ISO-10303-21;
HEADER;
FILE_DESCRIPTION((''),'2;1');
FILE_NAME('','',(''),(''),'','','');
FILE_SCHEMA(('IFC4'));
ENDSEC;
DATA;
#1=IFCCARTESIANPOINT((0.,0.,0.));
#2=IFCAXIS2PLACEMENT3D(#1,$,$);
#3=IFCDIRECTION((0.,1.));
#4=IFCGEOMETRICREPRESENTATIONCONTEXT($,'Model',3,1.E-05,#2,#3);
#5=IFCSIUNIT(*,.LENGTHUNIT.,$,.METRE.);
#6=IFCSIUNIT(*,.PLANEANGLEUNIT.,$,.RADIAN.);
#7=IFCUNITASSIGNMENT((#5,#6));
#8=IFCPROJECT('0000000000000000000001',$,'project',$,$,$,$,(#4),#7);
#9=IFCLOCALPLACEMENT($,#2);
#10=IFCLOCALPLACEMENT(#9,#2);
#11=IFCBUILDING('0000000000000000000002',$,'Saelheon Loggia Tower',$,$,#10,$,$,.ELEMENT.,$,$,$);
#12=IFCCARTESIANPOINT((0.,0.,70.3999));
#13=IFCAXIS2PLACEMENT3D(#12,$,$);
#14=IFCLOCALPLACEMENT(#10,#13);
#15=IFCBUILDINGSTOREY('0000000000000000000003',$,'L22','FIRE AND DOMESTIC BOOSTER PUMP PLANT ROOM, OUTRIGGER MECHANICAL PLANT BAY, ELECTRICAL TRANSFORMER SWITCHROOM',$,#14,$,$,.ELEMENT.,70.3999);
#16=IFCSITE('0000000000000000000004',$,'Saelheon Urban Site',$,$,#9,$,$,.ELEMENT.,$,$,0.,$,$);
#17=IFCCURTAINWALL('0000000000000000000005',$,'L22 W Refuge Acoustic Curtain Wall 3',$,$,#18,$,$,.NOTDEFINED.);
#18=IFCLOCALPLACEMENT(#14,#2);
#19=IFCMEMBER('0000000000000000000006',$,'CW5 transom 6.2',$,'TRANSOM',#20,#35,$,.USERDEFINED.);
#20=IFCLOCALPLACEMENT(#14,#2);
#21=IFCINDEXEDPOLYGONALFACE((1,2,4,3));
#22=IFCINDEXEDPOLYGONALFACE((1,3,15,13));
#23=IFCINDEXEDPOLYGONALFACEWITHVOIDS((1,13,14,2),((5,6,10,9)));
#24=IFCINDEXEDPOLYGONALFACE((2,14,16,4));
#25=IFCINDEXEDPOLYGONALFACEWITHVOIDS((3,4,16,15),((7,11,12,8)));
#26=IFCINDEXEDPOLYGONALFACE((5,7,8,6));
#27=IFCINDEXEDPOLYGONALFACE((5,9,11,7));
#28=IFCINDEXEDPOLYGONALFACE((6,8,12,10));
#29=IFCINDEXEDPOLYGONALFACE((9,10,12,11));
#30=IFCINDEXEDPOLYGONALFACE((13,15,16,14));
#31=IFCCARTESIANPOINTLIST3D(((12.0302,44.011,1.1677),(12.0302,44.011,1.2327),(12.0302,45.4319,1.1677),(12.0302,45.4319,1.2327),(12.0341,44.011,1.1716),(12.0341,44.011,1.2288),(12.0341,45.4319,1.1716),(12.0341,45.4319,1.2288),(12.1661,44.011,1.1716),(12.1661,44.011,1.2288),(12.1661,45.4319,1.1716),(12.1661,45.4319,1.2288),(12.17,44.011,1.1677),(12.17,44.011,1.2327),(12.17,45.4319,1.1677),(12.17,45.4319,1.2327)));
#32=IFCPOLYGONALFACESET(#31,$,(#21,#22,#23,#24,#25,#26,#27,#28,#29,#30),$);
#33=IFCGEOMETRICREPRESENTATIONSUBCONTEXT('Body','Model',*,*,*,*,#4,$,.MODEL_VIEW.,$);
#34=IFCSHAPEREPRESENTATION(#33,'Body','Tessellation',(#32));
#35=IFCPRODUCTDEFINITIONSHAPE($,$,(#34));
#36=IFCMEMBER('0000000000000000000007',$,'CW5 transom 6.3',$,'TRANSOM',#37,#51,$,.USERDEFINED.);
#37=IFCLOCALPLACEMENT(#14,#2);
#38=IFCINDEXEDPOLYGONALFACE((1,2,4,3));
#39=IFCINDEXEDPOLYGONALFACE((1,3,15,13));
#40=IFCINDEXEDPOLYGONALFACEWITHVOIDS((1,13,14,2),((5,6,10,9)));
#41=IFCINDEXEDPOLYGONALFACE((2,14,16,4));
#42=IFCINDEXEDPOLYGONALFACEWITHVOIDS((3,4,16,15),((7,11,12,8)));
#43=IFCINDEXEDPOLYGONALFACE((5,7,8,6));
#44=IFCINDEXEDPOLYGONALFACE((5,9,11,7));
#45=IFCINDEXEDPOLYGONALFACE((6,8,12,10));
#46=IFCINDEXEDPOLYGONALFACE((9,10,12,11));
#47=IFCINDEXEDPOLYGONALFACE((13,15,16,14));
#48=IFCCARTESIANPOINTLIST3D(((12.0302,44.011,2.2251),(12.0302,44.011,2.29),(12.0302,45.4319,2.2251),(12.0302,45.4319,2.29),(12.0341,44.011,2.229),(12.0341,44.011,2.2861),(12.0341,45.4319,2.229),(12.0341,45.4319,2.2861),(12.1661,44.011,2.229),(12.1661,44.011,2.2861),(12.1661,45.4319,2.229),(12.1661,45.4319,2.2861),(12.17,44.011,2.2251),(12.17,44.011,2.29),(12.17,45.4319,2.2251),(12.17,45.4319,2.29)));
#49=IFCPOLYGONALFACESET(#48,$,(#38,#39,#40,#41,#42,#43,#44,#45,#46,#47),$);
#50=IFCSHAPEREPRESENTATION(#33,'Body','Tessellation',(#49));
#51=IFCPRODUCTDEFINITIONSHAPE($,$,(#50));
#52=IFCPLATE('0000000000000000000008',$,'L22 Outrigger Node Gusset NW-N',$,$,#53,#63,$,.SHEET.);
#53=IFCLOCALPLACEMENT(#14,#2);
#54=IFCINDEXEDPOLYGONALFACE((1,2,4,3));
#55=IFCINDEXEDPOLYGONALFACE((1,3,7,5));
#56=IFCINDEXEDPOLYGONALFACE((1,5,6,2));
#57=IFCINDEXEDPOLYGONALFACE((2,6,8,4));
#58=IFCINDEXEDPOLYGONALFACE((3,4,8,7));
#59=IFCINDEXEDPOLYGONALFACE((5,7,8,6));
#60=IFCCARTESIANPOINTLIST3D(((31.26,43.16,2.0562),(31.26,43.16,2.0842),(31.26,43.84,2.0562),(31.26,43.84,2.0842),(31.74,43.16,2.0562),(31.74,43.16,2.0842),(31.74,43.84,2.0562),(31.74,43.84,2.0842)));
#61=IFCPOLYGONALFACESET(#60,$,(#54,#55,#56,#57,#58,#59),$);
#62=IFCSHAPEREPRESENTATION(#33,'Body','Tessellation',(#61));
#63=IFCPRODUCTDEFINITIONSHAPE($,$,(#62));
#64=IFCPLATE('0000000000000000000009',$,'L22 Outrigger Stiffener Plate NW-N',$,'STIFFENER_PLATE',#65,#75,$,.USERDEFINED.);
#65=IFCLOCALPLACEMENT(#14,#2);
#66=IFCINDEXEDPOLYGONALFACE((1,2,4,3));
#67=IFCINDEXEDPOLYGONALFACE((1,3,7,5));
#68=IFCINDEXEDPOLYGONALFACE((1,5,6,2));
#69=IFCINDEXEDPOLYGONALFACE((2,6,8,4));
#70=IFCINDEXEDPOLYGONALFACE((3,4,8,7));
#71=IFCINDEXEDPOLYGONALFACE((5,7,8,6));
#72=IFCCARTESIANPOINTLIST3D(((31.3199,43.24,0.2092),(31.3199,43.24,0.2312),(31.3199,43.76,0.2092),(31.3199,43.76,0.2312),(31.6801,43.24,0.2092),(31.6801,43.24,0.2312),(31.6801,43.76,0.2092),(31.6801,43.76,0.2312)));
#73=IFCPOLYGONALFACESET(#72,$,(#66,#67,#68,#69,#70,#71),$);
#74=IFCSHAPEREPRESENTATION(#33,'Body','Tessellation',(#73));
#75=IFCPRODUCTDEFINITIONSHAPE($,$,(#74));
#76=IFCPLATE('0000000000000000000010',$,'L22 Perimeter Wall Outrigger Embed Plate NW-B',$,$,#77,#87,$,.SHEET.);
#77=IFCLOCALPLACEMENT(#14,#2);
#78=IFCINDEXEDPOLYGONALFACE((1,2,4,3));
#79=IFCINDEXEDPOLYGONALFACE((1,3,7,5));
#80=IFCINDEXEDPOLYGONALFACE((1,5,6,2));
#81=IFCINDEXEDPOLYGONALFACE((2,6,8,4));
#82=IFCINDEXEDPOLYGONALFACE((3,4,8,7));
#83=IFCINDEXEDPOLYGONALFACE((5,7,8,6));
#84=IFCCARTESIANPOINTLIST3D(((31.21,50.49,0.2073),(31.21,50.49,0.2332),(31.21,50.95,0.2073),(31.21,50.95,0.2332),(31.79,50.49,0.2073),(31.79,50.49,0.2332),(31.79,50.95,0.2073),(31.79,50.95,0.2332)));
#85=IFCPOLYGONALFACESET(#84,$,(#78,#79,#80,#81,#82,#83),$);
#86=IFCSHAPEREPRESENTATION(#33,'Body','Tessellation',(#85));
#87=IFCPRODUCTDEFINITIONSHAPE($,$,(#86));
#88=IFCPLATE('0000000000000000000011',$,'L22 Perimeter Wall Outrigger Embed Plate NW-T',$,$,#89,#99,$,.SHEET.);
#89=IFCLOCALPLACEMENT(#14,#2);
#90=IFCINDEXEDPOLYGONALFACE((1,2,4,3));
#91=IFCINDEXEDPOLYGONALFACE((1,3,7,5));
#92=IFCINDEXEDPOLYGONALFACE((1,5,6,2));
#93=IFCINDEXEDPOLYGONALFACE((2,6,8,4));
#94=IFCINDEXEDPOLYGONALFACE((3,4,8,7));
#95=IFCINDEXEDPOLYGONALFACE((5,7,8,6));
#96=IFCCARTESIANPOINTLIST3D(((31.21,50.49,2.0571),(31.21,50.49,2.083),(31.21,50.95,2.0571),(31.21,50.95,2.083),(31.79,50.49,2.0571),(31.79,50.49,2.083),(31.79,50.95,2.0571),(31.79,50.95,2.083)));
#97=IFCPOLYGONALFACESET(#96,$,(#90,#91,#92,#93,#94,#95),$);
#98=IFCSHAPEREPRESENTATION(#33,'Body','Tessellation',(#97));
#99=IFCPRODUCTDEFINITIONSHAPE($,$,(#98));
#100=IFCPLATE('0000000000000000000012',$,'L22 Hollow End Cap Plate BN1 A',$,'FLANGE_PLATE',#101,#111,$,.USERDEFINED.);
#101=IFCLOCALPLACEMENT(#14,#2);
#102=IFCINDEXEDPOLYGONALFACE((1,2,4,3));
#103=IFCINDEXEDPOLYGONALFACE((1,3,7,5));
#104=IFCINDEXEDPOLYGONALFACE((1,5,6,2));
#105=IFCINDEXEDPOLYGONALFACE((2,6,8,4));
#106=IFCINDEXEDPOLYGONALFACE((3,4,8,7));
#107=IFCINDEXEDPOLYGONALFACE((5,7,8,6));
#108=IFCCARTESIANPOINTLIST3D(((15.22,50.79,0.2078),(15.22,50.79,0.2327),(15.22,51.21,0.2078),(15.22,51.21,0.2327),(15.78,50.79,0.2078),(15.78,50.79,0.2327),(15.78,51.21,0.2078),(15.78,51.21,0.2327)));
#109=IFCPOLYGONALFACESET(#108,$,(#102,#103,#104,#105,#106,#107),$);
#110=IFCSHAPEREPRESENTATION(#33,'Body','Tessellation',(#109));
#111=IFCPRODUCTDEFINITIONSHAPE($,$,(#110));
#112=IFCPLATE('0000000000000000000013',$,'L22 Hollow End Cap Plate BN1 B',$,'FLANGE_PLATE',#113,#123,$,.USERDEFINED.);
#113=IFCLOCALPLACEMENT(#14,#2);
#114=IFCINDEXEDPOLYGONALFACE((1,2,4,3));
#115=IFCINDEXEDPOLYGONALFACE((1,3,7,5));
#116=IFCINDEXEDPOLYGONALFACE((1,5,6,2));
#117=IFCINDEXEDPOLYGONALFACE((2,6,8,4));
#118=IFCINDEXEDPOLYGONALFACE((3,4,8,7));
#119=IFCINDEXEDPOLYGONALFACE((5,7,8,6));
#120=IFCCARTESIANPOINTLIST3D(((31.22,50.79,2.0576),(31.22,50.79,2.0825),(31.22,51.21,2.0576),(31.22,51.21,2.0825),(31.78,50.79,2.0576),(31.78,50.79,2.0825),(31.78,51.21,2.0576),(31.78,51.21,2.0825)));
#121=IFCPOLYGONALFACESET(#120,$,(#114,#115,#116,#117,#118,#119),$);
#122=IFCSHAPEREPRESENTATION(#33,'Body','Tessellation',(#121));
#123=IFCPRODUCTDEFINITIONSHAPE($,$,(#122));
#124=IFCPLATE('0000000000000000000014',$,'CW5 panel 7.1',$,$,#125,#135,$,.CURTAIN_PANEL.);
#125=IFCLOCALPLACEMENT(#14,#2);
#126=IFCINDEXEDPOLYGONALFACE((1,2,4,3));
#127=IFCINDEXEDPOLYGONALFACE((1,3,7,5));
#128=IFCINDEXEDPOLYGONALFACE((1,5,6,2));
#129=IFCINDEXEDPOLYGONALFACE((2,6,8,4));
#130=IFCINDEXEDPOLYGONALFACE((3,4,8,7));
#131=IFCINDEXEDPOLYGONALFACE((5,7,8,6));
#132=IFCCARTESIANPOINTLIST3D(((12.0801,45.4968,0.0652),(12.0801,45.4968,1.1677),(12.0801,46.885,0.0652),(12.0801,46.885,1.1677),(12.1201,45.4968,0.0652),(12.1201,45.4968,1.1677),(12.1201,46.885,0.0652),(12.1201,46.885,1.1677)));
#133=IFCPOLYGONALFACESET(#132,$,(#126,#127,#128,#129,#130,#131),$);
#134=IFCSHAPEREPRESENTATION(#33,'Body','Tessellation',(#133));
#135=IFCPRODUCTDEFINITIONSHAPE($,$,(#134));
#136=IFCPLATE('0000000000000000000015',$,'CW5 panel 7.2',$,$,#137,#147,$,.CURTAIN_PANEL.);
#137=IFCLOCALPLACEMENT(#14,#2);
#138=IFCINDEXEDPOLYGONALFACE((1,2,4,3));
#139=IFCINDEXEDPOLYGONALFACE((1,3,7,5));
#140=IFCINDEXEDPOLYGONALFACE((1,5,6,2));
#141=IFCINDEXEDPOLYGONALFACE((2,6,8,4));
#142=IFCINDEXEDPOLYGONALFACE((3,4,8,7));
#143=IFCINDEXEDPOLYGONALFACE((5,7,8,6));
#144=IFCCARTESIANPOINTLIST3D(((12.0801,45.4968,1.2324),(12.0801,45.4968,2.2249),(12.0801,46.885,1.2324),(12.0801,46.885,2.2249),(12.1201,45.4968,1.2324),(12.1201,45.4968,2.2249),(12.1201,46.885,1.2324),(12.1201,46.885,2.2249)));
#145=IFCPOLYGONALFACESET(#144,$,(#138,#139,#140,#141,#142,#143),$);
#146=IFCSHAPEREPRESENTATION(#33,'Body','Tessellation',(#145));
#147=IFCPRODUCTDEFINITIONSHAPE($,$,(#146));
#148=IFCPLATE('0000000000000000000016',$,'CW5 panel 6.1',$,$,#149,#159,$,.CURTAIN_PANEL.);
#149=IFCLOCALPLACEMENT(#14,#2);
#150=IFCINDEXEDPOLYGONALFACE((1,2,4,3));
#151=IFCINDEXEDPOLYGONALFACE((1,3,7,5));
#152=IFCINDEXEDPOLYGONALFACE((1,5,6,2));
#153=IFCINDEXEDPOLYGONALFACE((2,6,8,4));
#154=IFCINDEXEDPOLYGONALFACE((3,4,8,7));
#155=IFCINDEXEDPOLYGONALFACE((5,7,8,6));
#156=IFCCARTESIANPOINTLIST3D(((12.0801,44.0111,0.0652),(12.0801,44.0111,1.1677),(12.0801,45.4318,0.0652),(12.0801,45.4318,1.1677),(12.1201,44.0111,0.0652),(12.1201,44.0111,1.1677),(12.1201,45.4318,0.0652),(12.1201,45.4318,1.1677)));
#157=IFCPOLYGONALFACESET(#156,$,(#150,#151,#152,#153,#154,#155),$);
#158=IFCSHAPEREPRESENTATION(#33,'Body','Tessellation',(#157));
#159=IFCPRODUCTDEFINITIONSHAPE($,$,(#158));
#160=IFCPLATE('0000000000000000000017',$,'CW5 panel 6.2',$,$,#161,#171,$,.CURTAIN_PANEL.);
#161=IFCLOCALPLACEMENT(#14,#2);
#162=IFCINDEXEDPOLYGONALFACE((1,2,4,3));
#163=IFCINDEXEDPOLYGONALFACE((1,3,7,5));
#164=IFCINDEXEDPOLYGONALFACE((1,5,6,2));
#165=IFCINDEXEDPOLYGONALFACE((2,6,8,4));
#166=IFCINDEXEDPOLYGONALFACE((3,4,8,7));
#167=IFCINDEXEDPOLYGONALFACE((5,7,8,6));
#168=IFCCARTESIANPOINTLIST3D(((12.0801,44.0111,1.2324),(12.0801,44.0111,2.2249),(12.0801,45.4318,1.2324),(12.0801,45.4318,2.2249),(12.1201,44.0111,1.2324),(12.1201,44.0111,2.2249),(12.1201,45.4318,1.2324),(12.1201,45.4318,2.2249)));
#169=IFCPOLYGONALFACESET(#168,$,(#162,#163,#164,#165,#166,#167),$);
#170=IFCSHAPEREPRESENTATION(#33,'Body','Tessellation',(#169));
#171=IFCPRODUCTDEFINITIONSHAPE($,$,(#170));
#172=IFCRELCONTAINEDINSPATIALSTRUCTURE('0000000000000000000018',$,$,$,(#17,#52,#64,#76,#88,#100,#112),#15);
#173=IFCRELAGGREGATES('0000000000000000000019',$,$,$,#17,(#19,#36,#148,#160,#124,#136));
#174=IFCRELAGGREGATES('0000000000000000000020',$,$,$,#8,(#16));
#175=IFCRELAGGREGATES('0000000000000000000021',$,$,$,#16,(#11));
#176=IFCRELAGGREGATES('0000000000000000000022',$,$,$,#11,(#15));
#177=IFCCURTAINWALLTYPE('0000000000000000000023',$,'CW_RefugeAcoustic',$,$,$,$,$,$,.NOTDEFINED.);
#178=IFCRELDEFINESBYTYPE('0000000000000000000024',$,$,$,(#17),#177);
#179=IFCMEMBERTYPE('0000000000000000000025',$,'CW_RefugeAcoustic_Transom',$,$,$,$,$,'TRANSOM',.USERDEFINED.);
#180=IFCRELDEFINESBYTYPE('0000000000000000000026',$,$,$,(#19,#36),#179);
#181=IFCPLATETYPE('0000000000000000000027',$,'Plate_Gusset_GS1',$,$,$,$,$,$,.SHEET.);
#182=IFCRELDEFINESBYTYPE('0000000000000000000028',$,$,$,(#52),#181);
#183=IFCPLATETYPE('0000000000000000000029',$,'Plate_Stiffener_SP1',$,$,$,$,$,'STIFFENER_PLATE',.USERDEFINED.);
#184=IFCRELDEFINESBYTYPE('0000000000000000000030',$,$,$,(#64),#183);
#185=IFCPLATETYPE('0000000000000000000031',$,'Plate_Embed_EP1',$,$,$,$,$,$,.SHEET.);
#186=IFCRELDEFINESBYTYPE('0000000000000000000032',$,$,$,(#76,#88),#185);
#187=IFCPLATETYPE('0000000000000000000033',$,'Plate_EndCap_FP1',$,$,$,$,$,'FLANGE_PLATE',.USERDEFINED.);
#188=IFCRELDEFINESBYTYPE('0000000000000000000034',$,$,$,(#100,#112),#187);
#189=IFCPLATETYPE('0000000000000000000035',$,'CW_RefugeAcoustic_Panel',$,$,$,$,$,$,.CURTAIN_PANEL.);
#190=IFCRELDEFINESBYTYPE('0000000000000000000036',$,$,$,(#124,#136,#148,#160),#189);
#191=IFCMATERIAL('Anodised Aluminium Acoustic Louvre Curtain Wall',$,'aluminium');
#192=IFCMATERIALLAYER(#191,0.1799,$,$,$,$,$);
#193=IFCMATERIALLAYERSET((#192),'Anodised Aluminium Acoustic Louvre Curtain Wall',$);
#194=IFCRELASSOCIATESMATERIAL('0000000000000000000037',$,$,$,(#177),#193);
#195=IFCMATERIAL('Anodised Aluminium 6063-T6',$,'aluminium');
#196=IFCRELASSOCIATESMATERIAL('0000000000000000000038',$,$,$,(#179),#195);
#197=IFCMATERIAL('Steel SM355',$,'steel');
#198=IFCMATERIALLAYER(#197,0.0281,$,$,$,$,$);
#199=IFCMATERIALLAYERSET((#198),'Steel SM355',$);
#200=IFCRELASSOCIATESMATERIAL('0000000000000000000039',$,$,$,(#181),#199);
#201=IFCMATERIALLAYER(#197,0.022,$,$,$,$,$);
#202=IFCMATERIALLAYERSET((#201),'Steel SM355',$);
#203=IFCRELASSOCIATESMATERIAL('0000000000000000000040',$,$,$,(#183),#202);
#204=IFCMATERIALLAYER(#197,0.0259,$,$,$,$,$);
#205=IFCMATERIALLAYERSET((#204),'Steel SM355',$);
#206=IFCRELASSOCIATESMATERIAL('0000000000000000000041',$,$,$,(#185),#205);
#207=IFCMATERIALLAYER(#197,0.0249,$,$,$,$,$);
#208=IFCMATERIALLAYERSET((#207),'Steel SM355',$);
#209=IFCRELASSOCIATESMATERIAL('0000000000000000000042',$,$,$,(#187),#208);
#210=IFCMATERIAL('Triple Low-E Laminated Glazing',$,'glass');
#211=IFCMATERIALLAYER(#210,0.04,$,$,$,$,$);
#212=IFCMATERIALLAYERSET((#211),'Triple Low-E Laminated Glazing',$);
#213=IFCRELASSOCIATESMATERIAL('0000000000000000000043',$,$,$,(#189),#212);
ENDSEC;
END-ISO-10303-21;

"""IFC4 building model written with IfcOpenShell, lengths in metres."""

from ifc_helpers import new_model, si_unit, direction, frame, origin, origin_2d, place, context, subcontext, project, spatial, rectangle, hollow_rectangle, extrude, source, transform, mapped, material, layer, layer_set, material_profile, profile_set, type_object, element, aggregate, save


model = new_model("IFC4")

# Units and contexts
model_context = context("Model", 3, precision=1e-05, world=origin(), true_north=direction((0.0, 1.0)))
body_context = subcontext(model_context, "Body", "Model", "MODEL_VIEW")
ifc_project = project(units=[si_unit("LENGTHUNIT", "METRE"), si_unit("PLANEANGLEUNIT", "RADIAN")], contexts=[model_context])

# Site, building, storey
site_placement = place(None, origin())
site = spatial("IfcSite", under=ifc_project, at=site_placement, Name="Saelheon Urban Site", CompositionType="ELEMENT", RefElevation=0.0)
building_placement = place(site_placement, origin())
building = spatial("IfcBuilding", under=site, at=building_placement, Name="Saelheon Loggia Tower", CompositionType="ELEMENT")
storey_placement = place(building_placement, frame((0.0, 0.0, 70.3999)))
storey = spatial("IfcBuildingStorey", under=building, at=storey_placement, Name="L22", Description="FIRE AND DOMESTIC BOOSTER PUMP PLANT ROOM, OUTRIGGER MECHANICAL PLANT BAY, ELECTRICAL TRANSFORMER SWITCHROOM", CompositionType="ELEMENT", Elevation=70.3999)

# Shared definitions
ifc_material_1 = material(Name="Steel SM355", Category="steel")

# Curtain wall, members
ifc_material_2 = material(Name="Anodised Aluminium Acoustic Louvre Curtain Wall", Category="aluminium")
ifc_layer_1 = layer(ifc_material_2, 0.1799)
ifc_layer_set_1 = layer_set([ifc_layer_1], Name="Anodised Aluminium Acoustic Louvre Curtain Wall")
curtain_wall_type = type_object("IfcCurtainWallType", Name="CW_RefugeAcoustic", PredefinedType="NOTDEFINED", material=ifc_layer_set_1)
curtain_wall_placement = place(storey_placement, origin())
curtain_wall = element("IfcCurtainWall", 1, at=curtain_wall_placement, inside=storey, type_object=curtain_wall_type, Name="L22 W Refuge Acoustic Curtain Wall 3", PredefinedType="NOTDEFINED")
ifc_material_3 = material(Name="Anodised Aluminium 6063-T6", Category="aluminium")
ifc_material_profile_1 = material_profile(ifc_material_3, hollow_rectangle(XDim=0.0649, YDim=0.1399, WallThickness=0.0039, at=origin_2d()), Name="RHS-140x65x4")
ifc_profile_set_1 = profile_set([ifc_material_profile_1], Name="Anodised Aluminium 6063-T6")
member_type_1 = type_object("IfcMemberType", Name="CW_RefugeAcoustic_Transom", ElementType="TRANSOM", PredefinedType="USERDEFINED", material=ifc_profile_set_1)
shared_shape_1 = source(origin(), body_context, "Body", "SweptSolid", [
    extrude(hollow_rectangle(XDim=0.0649, YDim=0.1399, WallThickness=0.0039, at=origin_2d()), origin(), (0.0, 0.0, 1.0), 1.4209),
])
member_1_placement = place(storey_placement, frame((12.1001, 44.011, 1.2002), z_axis=(0.0, 1.0, 0.0), x_axis=(0.0, 0.0, 1.0)))
member_1 = element("IfcMember", 2, at=member_1_placement, type_object=member_type_1, Name="CW5 transom 6.2", ObjectType="TRANSOM", PredefinedType="USERDEFINED", context=body_context, shape_type="MappedRepresentation", body=[
    mapped(shared_shape_1, transform((0.0, 0.0, 0.0), scale=1.0)),
])
member_2_placement = place(storey_placement, frame((12.1001, 44.011, 2.2576), z_axis=(0.0, 1.0, 0.0), x_axis=(0.0, 0.0, 1.0)))
member_2 = element("IfcMember", 3, at=member_2_placement, type_object=member_type_1, Name="CW5 transom 6.3", ObjectType="TRANSOM", PredefinedType="USERDEFINED", context=body_context, shape_type="MappedRepresentation", body=[
    mapped(shared_shape_1, transform((0.0, 0.0, 0.0), scale=1.0)),
])

# Plates
ifc_layer_2 = layer(ifc_material_1, 0.0281)
ifc_layer_set_2 = layer_set([ifc_layer_2], Name="Steel SM355")
plate_type_1 = type_object("IfcPlateType", Name="Plate_Gusset_GS1", PredefinedType="SHEET", material=ifc_layer_set_2)
shared_shape_2 = source(origin(), body_context, "Body", "SweptSolid", [
    extrude(rectangle(XDim=0.6799, YDim=0.48, at=origin_2d()), origin(), (0.0, 0.0, 1.0), 0.0281),
])
plate_1_placement = place(storey_placement, frame((31.5, 43.5, 2.0562), z_axis=(0.0, 0.0, 1.0), x_axis=(0.0, 1.0, 0.0)))
element("IfcPlate", 4, at=plate_1_placement, inside=storey, type_object=plate_type_1, Name="L22 Outrigger Node Gusset NW-N", PredefinedType="SHEET", context=body_context, shape_type="MappedRepresentation", body=[
    mapped(shared_shape_2, transform((0.0, 0.0, 0.0), scale=1.0)),
])
ifc_layer_3 = layer(ifc_material_1, 0.022)
ifc_layer_set_3 = layer_set([ifc_layer_3], Name="Steel SM355")
plate_type_2 = type_object("IfcPlateType", Name="Plate_Stiffener_SP1", ElementType="STIFFENER_PLATE", PredefinedType="USERDEFINED", material=ifc_layer_set_3)
shared_shape_3 = source(origin(), body_context, "Body", "SweptSolid", [
    extrude(rectangle(XDim=0.52, YDim=0.3601, at=origin_2d()), origin(), (0.0, 0.0, 1.0), 0.022),
])
plate_2_placement = place(storey_placement, frame((31.5, 43.5, 0.2092), z_axis=(0.0, 0.0, 1.0), x_axis=(0.0, 1.0, 0.0)))
element("IfcPlate", 5, at=plate_2_placement, inside=storey, type_object=plate_type_2, Name="L22 Outrigger Stiffener Plate NW-N", ObjectType="STIFFENER_PLATE", PredefinedType="USERDEFINED", context=body_context, shape_type="MappedRepresentation", body=[
    mapped(shared_shape_3, transform((0.0, 0.0, 0.0), scale=1.0)),
])
ifc_layer_4 = layer(ifc_material_1, 0.0259)
ifc_layer_set_4 = layer_set([ifc_layer_4], Name="Steel SM355")
plate_type_3 = type_object("IfcPlateType", Name="Plate_Embed_EP1", PredefinedType="SHEET", material=ifc_layer_set_4)
shared_shape_4 = source(origin(), body_context, "Body", "SweptSolid", [
    extrude(rectangle(XDim=0.5801, YDim=0.46, at=origin_2d()), origin(), (0.0, 0.0, 1.0), 0.0259),
])
for number, where, z_axis, x_axis, name in (
    (6, (31.5, 50.72, 0.2073), (0.0, 0.0, 1.0), (1.0, 0.0, 0.0), "L22 Perimeter Wall Outrigger Embed Plate NW-B"),
    (7, (31.5, 50.72, 2.0571), (0.0, 0.0, 1.0), (1.0, 0.0, 0.0), "L22 Perimeter Wall Outrigger Embed Plate NW-T"),
):
    element("IfcPlate", number, at=place(storey_placement, frame(where, z_axis=z_axis, x_axis=x_axis)), inside=storey, type_object=plate_type_3, Name=name, PredefinedType="SHEET", context=body_context, shape_type="MappedRepresentation", body=[
        mapped(shared_shape_4, transform((0.0, 0.0, 0.0), scale=1.0)),
    ])
ifc_layer_5 = layer(ifc_material_1, 0.0249)
ifc_layer_set_5 = layer_set([ifc_layer_5], Name="Steel SM355")
plate_type_4 = type_object("IfcPlateType", Name="Plate_EndCap_FP1", ElementType="FLANGE_PLATE", PredefinedType="USERDEFINED", material=ifc_layer_set_5)
shared_shape_5 = source(origin(), body_context, "Body", "SweptSolid", [
    extrude(rectangle(XDim=0.5601, YDim=0.4199, at=origin_2d()), origin(), (0.0, 0.0, 1.0), 0.0249),
])
for number, where, z_axis, x_axis, name in (
    (8, (15.5, 51.0, 0.2078), (0.0, 0.0, 1.0), (1.0, 0.0, 0.0), "L22 Hollow End Cap Plate BN1 A"),
    (9, (31.5, 51.0, 2.0576), (0.0, 0.0, 1.0), (1.0, 0.0, 0.0), "L22 Hollow End Cap Plate BN1 B"),
):
    element("IfcPlate", number, at=place(storey_placement, frame(where, z_axis=z_axis, x_axis=x_axis)), inside=storey, type_object=plate_type_4, Name=name, ObjectType="FLANGE_PLATE", PredefinedType="USERDEFINED", context=body_context, shape_type="MappedRepresentation", body=[
        mapped(shared_shape_5, transform((0.0, 0.0, 0.0), scale=1.0)),
    ])

# Plates
ifc_material_4 = material(Name="Triple Low-E Laminated Glazing", Category="glass")
ifc_layer_6 = layer(ifc_material_4, 0.04)
ifc_layer_set_6 = layer_set([ifc_layer_6], Name="Triple Low-E Laminated Glazing")
plate_type_5 = type_object("IfcPlateType", Name="CW_RefugeAcoustic_Panel", PredefinedType="CURTAIN_PANEL", material=ifc_layer_set_6)
shared_shape_6 = source(origin(), body_context, "Body", "SweptSolid", [
    extrude(rectangle(XDim=1.3882, YDim=0.04, at=origin_2d()), origin(), (0.0, 0.0, 1.0), 1.1025),
])
plate_3_placement = place(storey_placement, frame((12.1001, 46.1909, 0.0652), z_axis=(0.0, 0.0, 1.0), x_axis=(0.0, 1.0, 0.0)))
plate_3 = element("IfcPlate", 10, at=plate_3_placement, type_object=plate_type_5, Name="CW5 panel 7.1", PredefinedType="CURTAIN_PANEL", context=body_context, shape_type="MappedRepresentation", body=[
    mapped(shared_shape_6, transform((0.0, 0.0, 0.0), scale=1.0)),
])
shared_shape_7 = source(origin(), body_context, "Body", "SweptSolid", [
    extrude(rectangle(XDim=1.3882, YDim=0.04, at=origin_2d()), origin(), (0.0, 0.0, 1.0), 0.9924),
])
plate_4_placement = place(storey_placement, frame((12.1001, 46.1909, 1.2324), z_axis=(0.0, 0.0, 1.0), x_axis=(0.0, 1.0, 0.0)))
plate_4 = element("IfcPlate", 11, at=plate_4_placement, type_object=plate_type_5, Name="CW5 panel 7.2", PredefinedType="CURTAIN_PANEL", context=body_context, shape_type="MappedRepresentation", body=[
    mapped(shared_shape_7, transform((0.0, 0.0, 0.0), scale=1.0)),
])
shared_shape_8 = source(origin(), body_context, "Body", "SweptSolid", [
    extrude(rectangle(XDim=1.4207, YDim=0.04, at=origin_2d()), origin(), (0.0, 0.0, 1.0), 1.1025),
])
plate_5_placement = place(storey_placement, frame((12.1001, 44.7214, 0.0652), z_axis=(0.0, 0.0, 1.0), x_axis=(0.0, 1.0, 0.0)))
plate_5 = element("IfcPlate", 12, at=plate_5_placement, type_object=plate_type_5, Name="CW5 panel 6.1", PredefinedType="CURTAIN_PANEL", context=body_context, shape_type="MappedRepresentation", body=[
    mapped(shared_shape_8, transform((0.0, 0.0, 0.0), scale=1.0)),
])
shared_shape_9 = source(origin(), body_context, "Body", "SweptSolid", [
    extrude(rectangle(XDim=1.4207, YDim=0.04, at=origin_2d()), origin(), (0.0, 0.0, 1.0), 0.9924),
])
plate_6_placement = place(storey_placement, frame((12.1001, 44.7214, 1.2324), z_axis=(0.0, 0.0, 1.0), x_axis=(0.0, 1.0, 0.0)))
plate_6 = element("IfcPlate", 13, at=plate_6_placement, type_object=plate_type_5, Name="CW5 panel 6.2", PredefinedType="CURTAIN_PANEL", context=body_context, shape_type="MappedRepresentation", body=[
    mapped(shared_shape_9, transform((0.0, 0.0, 0.0), scale=1.0)),
])
aggregate(curtain_wall, [member_1, member_2, plate_5, plate_6, plate_3, plate_4])

save(model, "model.ifc")
